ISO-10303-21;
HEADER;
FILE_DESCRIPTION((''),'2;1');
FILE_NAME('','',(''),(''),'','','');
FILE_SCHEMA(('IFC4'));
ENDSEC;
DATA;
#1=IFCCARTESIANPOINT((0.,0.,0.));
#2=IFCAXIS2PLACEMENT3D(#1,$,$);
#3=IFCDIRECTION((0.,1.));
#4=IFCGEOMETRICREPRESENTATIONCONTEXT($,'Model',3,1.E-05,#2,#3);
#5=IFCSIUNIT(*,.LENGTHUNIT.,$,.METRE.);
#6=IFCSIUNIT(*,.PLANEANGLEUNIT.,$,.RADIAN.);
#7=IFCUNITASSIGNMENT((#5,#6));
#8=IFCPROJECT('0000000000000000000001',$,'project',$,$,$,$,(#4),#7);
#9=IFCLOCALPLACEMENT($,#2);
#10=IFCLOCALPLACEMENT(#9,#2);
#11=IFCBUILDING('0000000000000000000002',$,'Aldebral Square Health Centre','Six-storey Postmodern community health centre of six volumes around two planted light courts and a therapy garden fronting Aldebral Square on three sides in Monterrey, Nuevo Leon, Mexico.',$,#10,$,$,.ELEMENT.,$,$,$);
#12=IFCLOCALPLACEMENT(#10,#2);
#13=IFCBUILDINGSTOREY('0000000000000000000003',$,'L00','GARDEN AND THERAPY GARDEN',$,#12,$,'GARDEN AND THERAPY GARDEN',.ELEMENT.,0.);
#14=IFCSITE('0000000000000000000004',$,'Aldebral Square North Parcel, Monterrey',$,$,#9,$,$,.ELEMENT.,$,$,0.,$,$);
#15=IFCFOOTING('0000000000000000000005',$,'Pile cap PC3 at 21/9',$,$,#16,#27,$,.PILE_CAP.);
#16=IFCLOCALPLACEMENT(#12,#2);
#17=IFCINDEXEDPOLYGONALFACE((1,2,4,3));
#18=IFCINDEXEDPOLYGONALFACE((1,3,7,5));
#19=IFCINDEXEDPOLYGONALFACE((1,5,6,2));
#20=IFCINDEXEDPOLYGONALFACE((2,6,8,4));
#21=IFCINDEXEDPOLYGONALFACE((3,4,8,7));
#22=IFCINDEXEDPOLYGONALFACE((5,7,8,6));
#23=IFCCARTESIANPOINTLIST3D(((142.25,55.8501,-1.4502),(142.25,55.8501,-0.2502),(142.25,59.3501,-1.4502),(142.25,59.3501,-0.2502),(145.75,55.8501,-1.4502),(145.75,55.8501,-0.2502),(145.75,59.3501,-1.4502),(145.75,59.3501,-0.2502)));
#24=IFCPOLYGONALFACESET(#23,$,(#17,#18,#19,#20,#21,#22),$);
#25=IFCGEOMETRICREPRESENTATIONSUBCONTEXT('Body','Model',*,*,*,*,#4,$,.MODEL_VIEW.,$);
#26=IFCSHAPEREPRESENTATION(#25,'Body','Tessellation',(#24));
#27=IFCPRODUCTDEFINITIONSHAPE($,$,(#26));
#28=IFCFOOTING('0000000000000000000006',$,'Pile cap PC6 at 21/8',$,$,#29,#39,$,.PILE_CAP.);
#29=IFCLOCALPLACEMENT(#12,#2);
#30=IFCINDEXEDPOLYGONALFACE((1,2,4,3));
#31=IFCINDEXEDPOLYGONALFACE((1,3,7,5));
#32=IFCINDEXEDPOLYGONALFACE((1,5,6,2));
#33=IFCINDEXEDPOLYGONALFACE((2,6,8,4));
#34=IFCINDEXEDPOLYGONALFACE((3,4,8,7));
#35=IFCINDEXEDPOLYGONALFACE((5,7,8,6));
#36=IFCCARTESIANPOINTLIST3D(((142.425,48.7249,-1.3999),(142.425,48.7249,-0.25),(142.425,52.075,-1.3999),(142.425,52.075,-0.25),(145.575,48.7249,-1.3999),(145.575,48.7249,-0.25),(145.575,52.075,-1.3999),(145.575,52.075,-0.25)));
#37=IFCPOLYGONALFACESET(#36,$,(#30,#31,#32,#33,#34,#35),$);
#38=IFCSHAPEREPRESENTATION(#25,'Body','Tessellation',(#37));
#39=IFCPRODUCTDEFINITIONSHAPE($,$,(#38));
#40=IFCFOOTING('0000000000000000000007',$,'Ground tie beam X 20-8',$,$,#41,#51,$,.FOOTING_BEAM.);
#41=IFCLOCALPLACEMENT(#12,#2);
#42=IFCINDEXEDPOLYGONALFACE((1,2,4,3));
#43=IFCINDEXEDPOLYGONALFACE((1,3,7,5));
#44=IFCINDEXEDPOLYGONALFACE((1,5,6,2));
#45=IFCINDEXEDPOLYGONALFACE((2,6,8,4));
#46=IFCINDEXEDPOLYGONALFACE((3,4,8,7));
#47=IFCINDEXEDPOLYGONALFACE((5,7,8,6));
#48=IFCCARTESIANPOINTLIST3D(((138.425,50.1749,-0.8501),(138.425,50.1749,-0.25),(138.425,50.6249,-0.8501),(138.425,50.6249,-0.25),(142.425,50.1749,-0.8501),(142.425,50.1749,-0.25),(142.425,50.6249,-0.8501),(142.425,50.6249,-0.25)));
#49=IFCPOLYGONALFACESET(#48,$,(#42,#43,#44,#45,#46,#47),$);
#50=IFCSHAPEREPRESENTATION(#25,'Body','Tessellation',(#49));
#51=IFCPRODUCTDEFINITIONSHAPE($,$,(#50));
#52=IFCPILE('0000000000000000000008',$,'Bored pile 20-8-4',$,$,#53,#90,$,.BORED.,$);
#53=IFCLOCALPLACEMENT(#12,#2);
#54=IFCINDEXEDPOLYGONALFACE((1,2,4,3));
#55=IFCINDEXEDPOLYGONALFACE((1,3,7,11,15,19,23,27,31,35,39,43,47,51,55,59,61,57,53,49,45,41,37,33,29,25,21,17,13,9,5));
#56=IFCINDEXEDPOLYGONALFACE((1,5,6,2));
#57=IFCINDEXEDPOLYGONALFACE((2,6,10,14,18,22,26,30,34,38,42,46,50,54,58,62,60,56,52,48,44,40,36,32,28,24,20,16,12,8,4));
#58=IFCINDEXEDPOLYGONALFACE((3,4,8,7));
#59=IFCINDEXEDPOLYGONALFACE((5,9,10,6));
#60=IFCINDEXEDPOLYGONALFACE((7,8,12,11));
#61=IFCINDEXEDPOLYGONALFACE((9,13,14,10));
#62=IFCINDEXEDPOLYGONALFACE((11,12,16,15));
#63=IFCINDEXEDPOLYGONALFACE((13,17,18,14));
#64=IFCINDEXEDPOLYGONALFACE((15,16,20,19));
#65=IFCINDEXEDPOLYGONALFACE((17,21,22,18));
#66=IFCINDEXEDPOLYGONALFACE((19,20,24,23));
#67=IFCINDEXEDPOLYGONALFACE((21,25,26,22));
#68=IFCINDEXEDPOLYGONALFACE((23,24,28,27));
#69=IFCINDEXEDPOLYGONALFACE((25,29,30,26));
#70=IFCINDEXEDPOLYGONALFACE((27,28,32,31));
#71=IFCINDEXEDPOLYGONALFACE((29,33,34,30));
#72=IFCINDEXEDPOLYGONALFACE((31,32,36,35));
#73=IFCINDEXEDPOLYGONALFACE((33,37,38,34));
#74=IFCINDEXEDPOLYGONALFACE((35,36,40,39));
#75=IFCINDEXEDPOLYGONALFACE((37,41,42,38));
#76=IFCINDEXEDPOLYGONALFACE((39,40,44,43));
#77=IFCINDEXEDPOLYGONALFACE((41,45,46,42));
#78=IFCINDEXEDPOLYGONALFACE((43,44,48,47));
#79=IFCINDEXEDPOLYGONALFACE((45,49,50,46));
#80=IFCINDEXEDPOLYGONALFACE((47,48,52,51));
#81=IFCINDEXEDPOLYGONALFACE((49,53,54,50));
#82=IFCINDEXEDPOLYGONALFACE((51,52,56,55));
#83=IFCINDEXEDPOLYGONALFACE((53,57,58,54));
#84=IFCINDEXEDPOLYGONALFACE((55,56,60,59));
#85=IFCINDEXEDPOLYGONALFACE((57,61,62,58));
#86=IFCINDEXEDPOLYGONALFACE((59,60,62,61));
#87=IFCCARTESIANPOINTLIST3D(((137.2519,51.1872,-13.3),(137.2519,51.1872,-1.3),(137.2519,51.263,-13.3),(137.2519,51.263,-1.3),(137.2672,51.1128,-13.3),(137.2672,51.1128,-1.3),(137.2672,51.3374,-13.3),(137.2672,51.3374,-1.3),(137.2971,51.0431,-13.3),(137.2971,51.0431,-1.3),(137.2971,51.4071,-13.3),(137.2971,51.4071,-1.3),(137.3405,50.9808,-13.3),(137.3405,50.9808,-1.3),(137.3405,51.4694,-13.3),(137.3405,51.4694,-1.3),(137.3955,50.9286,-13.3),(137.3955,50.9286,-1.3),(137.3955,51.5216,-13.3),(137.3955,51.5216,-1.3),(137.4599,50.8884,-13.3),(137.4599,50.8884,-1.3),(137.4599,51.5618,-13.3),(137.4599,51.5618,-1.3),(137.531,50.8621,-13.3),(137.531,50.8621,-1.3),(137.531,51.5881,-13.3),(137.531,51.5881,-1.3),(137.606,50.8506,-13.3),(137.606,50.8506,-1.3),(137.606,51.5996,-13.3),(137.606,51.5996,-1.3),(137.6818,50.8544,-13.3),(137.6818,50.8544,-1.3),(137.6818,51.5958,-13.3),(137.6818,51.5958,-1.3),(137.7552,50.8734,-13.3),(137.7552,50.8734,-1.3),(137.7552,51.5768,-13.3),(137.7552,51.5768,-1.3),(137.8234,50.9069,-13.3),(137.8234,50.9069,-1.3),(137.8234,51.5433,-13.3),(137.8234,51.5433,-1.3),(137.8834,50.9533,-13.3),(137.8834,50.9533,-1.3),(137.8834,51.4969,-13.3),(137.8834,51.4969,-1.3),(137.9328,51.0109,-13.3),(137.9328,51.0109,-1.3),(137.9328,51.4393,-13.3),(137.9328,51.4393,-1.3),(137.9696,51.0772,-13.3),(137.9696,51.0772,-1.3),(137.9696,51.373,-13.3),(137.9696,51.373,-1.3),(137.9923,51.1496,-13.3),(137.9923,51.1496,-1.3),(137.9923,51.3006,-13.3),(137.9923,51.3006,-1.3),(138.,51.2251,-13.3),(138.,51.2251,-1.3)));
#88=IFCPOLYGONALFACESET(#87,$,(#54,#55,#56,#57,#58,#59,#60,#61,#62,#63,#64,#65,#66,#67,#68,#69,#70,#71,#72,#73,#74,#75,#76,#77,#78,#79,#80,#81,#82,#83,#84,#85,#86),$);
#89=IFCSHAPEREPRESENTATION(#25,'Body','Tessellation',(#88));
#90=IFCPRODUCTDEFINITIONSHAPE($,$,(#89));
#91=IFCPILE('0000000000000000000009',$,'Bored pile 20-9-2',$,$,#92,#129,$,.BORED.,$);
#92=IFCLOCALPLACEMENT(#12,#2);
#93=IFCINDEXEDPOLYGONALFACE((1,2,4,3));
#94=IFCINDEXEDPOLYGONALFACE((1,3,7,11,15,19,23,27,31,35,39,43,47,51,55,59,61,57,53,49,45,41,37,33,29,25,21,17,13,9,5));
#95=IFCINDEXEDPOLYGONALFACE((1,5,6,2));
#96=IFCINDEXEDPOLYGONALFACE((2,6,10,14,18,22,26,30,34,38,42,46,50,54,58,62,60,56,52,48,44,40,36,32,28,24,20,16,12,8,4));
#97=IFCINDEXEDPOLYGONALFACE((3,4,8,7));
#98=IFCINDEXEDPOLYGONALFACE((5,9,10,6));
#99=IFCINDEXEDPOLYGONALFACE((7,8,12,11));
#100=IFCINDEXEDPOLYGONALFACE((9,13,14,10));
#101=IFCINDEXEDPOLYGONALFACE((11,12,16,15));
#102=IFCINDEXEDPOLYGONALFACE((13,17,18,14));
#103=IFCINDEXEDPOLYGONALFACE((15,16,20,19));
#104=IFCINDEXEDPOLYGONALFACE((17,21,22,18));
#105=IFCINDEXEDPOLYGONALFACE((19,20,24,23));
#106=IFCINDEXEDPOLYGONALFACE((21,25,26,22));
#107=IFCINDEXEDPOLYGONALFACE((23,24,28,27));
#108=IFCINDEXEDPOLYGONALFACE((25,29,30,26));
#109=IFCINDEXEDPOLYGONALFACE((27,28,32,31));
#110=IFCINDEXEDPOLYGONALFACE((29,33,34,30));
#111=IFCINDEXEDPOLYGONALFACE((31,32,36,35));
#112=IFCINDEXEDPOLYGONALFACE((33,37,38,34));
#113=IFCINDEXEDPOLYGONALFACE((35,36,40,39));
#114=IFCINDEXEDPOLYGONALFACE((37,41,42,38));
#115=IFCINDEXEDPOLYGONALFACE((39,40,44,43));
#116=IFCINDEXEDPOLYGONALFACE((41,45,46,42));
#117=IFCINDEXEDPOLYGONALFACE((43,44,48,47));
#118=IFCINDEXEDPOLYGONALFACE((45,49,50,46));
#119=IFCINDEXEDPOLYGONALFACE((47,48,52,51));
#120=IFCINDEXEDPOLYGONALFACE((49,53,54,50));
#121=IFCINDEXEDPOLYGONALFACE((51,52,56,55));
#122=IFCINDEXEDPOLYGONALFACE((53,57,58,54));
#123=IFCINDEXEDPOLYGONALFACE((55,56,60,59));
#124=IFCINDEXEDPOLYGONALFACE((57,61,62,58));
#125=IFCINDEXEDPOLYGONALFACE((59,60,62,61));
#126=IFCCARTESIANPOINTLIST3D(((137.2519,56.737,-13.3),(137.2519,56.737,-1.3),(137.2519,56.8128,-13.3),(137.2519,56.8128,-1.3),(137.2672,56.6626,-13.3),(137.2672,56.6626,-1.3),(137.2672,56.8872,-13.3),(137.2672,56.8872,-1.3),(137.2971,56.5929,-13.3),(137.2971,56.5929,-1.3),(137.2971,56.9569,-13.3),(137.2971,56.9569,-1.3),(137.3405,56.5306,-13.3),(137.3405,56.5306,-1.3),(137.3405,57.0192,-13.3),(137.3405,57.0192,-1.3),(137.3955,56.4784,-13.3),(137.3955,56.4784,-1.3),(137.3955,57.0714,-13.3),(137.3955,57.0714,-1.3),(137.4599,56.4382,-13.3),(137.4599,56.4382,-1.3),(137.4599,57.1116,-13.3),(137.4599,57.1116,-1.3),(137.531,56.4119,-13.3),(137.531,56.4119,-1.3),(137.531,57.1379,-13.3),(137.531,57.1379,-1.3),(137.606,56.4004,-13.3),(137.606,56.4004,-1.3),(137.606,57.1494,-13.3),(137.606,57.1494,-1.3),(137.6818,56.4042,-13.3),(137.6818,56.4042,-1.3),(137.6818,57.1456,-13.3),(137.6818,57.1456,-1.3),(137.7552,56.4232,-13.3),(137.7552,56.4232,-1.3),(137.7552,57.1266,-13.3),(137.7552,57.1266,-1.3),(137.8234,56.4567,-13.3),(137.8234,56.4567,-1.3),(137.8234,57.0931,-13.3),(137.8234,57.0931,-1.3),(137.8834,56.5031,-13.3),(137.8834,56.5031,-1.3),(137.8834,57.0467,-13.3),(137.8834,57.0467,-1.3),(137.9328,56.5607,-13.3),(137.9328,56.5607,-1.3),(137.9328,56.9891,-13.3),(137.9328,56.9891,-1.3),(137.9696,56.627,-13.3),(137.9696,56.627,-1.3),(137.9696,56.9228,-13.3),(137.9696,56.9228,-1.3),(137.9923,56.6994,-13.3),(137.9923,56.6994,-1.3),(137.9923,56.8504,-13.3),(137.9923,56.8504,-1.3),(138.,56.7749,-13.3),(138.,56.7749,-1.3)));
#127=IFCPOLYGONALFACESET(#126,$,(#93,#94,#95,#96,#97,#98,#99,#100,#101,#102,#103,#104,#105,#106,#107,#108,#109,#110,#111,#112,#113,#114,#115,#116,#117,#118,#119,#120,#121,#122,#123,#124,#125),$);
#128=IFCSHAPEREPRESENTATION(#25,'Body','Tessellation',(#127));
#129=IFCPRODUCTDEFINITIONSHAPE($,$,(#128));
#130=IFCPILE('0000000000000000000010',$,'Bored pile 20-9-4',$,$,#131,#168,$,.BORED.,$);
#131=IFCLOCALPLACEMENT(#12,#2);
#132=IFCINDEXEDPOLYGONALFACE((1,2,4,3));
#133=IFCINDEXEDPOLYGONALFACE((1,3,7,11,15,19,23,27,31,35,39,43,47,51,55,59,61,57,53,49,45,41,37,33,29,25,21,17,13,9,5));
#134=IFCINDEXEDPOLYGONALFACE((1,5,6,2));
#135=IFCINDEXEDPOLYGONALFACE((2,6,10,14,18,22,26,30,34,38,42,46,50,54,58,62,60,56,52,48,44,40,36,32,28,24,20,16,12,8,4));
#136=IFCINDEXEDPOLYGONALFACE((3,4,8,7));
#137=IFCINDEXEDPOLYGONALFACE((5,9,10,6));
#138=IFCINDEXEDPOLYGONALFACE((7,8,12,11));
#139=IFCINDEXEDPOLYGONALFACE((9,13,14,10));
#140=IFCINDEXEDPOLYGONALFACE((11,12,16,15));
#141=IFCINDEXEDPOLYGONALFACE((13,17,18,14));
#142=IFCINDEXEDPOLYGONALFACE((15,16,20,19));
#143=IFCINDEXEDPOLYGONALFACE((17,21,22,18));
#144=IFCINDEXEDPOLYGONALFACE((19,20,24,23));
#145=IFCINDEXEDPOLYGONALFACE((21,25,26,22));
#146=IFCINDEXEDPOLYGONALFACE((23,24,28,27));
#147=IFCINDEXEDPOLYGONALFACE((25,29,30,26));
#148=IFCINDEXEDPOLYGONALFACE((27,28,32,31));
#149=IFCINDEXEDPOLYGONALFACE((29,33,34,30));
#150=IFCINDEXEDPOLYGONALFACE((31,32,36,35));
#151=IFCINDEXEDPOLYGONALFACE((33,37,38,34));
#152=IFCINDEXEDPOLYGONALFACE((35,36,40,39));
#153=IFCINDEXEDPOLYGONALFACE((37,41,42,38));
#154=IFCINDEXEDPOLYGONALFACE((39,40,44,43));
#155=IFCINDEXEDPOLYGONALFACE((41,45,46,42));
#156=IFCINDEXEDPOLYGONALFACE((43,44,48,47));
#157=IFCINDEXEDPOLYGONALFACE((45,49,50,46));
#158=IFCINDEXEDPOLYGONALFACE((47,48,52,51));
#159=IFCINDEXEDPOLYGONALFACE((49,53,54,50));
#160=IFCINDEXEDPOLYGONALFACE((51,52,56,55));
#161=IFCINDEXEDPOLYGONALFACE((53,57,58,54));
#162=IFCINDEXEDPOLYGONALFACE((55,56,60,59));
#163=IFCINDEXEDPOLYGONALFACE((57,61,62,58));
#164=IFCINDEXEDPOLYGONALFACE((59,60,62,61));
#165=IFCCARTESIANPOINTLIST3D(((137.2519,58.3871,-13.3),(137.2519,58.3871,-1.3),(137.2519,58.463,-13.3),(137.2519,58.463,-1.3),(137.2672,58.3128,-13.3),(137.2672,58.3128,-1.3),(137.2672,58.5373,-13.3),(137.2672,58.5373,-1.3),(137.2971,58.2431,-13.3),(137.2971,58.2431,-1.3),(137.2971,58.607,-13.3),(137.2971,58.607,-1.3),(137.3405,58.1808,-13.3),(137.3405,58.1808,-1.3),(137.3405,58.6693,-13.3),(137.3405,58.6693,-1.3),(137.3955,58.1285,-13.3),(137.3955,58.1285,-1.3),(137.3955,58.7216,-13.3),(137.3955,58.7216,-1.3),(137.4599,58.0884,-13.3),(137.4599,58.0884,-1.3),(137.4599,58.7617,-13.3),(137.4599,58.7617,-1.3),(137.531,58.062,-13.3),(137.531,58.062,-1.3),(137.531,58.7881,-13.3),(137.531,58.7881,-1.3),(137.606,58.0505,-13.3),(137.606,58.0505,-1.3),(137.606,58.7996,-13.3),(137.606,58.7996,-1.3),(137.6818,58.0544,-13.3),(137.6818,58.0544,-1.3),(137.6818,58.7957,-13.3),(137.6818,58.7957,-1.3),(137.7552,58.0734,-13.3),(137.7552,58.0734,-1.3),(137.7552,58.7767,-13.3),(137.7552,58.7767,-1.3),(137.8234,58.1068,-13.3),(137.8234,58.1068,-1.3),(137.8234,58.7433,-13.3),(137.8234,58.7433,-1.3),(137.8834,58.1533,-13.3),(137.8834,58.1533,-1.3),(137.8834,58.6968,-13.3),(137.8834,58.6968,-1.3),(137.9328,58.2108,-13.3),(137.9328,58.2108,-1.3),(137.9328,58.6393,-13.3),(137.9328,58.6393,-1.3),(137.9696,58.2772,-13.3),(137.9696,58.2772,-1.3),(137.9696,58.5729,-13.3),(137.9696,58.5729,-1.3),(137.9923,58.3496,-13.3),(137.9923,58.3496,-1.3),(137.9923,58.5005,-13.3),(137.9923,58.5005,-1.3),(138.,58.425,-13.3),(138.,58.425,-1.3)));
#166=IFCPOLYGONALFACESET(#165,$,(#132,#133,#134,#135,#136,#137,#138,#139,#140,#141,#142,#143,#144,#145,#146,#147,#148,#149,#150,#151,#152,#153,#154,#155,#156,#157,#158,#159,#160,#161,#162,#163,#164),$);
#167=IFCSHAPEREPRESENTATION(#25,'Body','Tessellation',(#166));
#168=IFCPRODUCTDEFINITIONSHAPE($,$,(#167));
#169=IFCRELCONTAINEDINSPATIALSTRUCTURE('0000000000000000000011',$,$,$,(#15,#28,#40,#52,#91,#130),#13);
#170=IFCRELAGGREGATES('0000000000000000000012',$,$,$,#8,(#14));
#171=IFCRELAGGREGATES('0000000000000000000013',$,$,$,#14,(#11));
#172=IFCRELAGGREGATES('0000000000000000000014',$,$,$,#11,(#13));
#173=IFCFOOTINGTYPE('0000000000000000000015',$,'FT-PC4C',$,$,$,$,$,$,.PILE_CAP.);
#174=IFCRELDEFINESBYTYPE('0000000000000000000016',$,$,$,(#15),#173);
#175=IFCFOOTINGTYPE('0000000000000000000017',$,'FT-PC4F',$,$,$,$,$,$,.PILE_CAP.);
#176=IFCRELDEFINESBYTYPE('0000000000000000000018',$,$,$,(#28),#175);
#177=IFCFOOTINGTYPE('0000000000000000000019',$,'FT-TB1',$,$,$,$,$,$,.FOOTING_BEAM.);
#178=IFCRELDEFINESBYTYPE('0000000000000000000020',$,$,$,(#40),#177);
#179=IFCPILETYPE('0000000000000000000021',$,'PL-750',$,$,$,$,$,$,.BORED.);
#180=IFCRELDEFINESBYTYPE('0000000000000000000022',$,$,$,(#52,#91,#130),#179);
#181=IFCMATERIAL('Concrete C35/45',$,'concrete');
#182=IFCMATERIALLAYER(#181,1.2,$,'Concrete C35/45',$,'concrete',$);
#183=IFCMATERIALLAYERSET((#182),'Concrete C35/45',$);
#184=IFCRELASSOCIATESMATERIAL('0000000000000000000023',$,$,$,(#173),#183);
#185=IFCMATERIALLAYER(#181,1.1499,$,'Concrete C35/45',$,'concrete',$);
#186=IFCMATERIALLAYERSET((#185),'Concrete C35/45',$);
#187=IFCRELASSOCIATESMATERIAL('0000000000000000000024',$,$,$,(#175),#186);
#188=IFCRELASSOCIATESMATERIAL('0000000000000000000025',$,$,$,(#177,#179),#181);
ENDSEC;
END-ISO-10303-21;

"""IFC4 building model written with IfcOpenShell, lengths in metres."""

from ifc_helpers import new_model, si_unit, direction, frame, origin, origin_2d, place, context, subcontext, project, spatial, rectangle, circle, extrude, material, layer, layer_set, material_profile, profile_set, type_object, element, save


model = new_model("IFC4")

# Units and contexts
model_context = context("Model", 3, precision=1e-05, world=origin(), true_north=direction((0.0, 1.0)))
body_context = subcontext(model_context, "Body", "Model", "MODEL_VIEW")
ifc_project = project(units=[si_unit("LENGTHUNIT", "METRE"), si_unit("PLANEANGLEUNIT", "RADIAN")], contexts=[model_context])

# Site, building, storey
site_placement = place(None, origin())
site = spatial("IfcSite", under=ifc_project, at=site_placement, Name="Aldebral Square North Parcel, Monterrey", CompositionType="ELEMENT", RefElevation=0.0)
building_placement = place(site_placement, origin())
building = spatial("IfcBuilding", under=site, at=building_placement, Name="Aldebral Square Health Centre", Description="Six-storey Postmodern community health centre of six volumes around two planted light courts and a therapy garden fronting Aldebral Square on three sides in Monterrey, Nuevo Leon, Mexico.", CompositionType="ELEMENT")
storey_placement = place(building_placement, origin())
storey = spatial("IfcBuildingStorey", under=building, at=storey_placement, Name="L00", Description="GARDEN AND THERAPY GARDEN", LongName="GARDEN AND THERAPY GARDEN", CompositionType="ELEMENT", Elevation=0.0)

# Footings
ifc_material_1 = material(Name="Concrete C35/45", Category="concrete")
ifc_layer_1 = layer(ifc_material_1, 1.2, Name="Concrete C35/45", Category="concrete")
ifc_layer_set_1 = layer_set([ifc_layer_1], Name="Concrete C35/45")
footing_type_1 = type_object("IfcFootingType", Name="FT-PC4C", PredefinedType="PILE_CAP", material=ifc_layer_set_1)
footing_1_placement = place(storey_placement, frame((144.0, 57.6001, -1.4502), z_axis=(0.0, 0.0, 1.0), x_axis=(1.0, 0.0, 0.0)))
element("IfcFooting", 1, at=footing_1_placement, inside=storey, type_object=footing_type_1, Name="Pile cap PC3 at 21/9", PredefinedType="PILE_CAP", context=body_context, shape_type="SweptSolid", body=[
    extrude(rectangle(XDim=3.5, YDim=3.5, at=origin_2d()), origin(), (0.0, 0.0, 1.0), 1.2),
])
ifc_layer_2 = layer(ifc_material_1, 1.1499, Name="Concrete C35/45", Category="concrete")
ifc_layer_set_2 = layer_set([ifc_layer_2], Name="Concrete C35/45")
footing_type_2 = type_object("IfcFootingType", Name="FT-PC4F", PredefinedType="PILE_CAP", material=ifc_layer_set_2)
footing_2_placement = place(storey_placement, frame((144.0, 50.3999, -1.3999), z_axis=(0.0, 0.0, 1.0), x_axis=(1.0, 0.0, 0.0)))
element("IfcFooting", 2, at=footing_2_placement, inside=storey, type_object=footing_type_2, Name="Pile cap PC6 at 21/8", PredefinedType="PILE_CAP", context=body_context, shape_type="SweptSolid", body=[
    extrude(rectangle(XDim=3.1499, YDim=3.3501, at=origin_2d()), origin(), (0.0, 0.0, 1.0), 1.1499),
])
ifc_material_profile_1 = material_profile(ifc_material_1, rectangle(XDim=0.45, YDim=0.6001, at=origin_2d()), Name="RC 450x600")
ifc_profile_set_1 = profile_set([ifc_material_profile_1], Name="Concrete C35/45")
footing_type_3 = type_object("IfcFootingType", Name="FT-TB1", PredefinedType="FOOTING_BEAM", material=ifc_profile_set_1)
footing_3_placement = place(storey_placement, frame((138.425, 50.3999, -0.55), z_axis=(1.0, 0.0, 0.0), x_axis=(0.0, 1.0, 0.0)))
element("IfcFooting", 3, at=footing_3_placement, inside=storey, type_object=footing_type_3, Name="Ground tie beam X 20-8", PredefinedType="FOOTING_BEAM", context=body_context, shape_type="SweptSolid", body=[
    extrude(rectangle(XDim=0.45, YDim=0.6001, at=origin_2d()), origin(), (0.0, 0.0, 1.0), 4.0),
])

# Piles
ifc_material_profile_2 = material_profile(ifc_material_1, circle(Radius=0.375, at=origin_2d()), Name="PILE D750")
ifc_profile_set_2 = profile_set([ifc_material_profile_2], Name="Concrete C35/45")
pile_type_1 = type_object("IfcPileType", Name="PL-750", PredefinedType="BORED", material=ifc_profile_set_2)
for number, where, z_axis, x_axis, name in (
    (4, (137.625, 51.2251, -1.3), (0.0, 0.0, -1.0), (1.0, 0.0, 0.0), "Bored pile 20-8-4"),
    (5, (137.625, 56.7749, -1.3), (0.0, 0.0, -1.0), (1.0, 0.0, 0.0), "Bored pile 20-9-2"),
    (6, (137.625, 58.425, -1.3), (0.0, 0.0, -1.0), (1.0, 0.0, 0.0), "Bored pile 20-9-4"),
):
    element("IfcPile", number, at=place(storey_placement, frame(where, z_axis=z_axis, x_axis=x_axis)), inside=storey, type_object=pile_type_1, Name=name, PredefinedType="BORED", context=body_context, shape_type="SweptSolid", body=[
        extrude(circle(Radius=0.375, at=origin_2d()), origin(), (0.0, 0.0, 1.0), 12.0),
    ])

save(model, "model.ifc")
